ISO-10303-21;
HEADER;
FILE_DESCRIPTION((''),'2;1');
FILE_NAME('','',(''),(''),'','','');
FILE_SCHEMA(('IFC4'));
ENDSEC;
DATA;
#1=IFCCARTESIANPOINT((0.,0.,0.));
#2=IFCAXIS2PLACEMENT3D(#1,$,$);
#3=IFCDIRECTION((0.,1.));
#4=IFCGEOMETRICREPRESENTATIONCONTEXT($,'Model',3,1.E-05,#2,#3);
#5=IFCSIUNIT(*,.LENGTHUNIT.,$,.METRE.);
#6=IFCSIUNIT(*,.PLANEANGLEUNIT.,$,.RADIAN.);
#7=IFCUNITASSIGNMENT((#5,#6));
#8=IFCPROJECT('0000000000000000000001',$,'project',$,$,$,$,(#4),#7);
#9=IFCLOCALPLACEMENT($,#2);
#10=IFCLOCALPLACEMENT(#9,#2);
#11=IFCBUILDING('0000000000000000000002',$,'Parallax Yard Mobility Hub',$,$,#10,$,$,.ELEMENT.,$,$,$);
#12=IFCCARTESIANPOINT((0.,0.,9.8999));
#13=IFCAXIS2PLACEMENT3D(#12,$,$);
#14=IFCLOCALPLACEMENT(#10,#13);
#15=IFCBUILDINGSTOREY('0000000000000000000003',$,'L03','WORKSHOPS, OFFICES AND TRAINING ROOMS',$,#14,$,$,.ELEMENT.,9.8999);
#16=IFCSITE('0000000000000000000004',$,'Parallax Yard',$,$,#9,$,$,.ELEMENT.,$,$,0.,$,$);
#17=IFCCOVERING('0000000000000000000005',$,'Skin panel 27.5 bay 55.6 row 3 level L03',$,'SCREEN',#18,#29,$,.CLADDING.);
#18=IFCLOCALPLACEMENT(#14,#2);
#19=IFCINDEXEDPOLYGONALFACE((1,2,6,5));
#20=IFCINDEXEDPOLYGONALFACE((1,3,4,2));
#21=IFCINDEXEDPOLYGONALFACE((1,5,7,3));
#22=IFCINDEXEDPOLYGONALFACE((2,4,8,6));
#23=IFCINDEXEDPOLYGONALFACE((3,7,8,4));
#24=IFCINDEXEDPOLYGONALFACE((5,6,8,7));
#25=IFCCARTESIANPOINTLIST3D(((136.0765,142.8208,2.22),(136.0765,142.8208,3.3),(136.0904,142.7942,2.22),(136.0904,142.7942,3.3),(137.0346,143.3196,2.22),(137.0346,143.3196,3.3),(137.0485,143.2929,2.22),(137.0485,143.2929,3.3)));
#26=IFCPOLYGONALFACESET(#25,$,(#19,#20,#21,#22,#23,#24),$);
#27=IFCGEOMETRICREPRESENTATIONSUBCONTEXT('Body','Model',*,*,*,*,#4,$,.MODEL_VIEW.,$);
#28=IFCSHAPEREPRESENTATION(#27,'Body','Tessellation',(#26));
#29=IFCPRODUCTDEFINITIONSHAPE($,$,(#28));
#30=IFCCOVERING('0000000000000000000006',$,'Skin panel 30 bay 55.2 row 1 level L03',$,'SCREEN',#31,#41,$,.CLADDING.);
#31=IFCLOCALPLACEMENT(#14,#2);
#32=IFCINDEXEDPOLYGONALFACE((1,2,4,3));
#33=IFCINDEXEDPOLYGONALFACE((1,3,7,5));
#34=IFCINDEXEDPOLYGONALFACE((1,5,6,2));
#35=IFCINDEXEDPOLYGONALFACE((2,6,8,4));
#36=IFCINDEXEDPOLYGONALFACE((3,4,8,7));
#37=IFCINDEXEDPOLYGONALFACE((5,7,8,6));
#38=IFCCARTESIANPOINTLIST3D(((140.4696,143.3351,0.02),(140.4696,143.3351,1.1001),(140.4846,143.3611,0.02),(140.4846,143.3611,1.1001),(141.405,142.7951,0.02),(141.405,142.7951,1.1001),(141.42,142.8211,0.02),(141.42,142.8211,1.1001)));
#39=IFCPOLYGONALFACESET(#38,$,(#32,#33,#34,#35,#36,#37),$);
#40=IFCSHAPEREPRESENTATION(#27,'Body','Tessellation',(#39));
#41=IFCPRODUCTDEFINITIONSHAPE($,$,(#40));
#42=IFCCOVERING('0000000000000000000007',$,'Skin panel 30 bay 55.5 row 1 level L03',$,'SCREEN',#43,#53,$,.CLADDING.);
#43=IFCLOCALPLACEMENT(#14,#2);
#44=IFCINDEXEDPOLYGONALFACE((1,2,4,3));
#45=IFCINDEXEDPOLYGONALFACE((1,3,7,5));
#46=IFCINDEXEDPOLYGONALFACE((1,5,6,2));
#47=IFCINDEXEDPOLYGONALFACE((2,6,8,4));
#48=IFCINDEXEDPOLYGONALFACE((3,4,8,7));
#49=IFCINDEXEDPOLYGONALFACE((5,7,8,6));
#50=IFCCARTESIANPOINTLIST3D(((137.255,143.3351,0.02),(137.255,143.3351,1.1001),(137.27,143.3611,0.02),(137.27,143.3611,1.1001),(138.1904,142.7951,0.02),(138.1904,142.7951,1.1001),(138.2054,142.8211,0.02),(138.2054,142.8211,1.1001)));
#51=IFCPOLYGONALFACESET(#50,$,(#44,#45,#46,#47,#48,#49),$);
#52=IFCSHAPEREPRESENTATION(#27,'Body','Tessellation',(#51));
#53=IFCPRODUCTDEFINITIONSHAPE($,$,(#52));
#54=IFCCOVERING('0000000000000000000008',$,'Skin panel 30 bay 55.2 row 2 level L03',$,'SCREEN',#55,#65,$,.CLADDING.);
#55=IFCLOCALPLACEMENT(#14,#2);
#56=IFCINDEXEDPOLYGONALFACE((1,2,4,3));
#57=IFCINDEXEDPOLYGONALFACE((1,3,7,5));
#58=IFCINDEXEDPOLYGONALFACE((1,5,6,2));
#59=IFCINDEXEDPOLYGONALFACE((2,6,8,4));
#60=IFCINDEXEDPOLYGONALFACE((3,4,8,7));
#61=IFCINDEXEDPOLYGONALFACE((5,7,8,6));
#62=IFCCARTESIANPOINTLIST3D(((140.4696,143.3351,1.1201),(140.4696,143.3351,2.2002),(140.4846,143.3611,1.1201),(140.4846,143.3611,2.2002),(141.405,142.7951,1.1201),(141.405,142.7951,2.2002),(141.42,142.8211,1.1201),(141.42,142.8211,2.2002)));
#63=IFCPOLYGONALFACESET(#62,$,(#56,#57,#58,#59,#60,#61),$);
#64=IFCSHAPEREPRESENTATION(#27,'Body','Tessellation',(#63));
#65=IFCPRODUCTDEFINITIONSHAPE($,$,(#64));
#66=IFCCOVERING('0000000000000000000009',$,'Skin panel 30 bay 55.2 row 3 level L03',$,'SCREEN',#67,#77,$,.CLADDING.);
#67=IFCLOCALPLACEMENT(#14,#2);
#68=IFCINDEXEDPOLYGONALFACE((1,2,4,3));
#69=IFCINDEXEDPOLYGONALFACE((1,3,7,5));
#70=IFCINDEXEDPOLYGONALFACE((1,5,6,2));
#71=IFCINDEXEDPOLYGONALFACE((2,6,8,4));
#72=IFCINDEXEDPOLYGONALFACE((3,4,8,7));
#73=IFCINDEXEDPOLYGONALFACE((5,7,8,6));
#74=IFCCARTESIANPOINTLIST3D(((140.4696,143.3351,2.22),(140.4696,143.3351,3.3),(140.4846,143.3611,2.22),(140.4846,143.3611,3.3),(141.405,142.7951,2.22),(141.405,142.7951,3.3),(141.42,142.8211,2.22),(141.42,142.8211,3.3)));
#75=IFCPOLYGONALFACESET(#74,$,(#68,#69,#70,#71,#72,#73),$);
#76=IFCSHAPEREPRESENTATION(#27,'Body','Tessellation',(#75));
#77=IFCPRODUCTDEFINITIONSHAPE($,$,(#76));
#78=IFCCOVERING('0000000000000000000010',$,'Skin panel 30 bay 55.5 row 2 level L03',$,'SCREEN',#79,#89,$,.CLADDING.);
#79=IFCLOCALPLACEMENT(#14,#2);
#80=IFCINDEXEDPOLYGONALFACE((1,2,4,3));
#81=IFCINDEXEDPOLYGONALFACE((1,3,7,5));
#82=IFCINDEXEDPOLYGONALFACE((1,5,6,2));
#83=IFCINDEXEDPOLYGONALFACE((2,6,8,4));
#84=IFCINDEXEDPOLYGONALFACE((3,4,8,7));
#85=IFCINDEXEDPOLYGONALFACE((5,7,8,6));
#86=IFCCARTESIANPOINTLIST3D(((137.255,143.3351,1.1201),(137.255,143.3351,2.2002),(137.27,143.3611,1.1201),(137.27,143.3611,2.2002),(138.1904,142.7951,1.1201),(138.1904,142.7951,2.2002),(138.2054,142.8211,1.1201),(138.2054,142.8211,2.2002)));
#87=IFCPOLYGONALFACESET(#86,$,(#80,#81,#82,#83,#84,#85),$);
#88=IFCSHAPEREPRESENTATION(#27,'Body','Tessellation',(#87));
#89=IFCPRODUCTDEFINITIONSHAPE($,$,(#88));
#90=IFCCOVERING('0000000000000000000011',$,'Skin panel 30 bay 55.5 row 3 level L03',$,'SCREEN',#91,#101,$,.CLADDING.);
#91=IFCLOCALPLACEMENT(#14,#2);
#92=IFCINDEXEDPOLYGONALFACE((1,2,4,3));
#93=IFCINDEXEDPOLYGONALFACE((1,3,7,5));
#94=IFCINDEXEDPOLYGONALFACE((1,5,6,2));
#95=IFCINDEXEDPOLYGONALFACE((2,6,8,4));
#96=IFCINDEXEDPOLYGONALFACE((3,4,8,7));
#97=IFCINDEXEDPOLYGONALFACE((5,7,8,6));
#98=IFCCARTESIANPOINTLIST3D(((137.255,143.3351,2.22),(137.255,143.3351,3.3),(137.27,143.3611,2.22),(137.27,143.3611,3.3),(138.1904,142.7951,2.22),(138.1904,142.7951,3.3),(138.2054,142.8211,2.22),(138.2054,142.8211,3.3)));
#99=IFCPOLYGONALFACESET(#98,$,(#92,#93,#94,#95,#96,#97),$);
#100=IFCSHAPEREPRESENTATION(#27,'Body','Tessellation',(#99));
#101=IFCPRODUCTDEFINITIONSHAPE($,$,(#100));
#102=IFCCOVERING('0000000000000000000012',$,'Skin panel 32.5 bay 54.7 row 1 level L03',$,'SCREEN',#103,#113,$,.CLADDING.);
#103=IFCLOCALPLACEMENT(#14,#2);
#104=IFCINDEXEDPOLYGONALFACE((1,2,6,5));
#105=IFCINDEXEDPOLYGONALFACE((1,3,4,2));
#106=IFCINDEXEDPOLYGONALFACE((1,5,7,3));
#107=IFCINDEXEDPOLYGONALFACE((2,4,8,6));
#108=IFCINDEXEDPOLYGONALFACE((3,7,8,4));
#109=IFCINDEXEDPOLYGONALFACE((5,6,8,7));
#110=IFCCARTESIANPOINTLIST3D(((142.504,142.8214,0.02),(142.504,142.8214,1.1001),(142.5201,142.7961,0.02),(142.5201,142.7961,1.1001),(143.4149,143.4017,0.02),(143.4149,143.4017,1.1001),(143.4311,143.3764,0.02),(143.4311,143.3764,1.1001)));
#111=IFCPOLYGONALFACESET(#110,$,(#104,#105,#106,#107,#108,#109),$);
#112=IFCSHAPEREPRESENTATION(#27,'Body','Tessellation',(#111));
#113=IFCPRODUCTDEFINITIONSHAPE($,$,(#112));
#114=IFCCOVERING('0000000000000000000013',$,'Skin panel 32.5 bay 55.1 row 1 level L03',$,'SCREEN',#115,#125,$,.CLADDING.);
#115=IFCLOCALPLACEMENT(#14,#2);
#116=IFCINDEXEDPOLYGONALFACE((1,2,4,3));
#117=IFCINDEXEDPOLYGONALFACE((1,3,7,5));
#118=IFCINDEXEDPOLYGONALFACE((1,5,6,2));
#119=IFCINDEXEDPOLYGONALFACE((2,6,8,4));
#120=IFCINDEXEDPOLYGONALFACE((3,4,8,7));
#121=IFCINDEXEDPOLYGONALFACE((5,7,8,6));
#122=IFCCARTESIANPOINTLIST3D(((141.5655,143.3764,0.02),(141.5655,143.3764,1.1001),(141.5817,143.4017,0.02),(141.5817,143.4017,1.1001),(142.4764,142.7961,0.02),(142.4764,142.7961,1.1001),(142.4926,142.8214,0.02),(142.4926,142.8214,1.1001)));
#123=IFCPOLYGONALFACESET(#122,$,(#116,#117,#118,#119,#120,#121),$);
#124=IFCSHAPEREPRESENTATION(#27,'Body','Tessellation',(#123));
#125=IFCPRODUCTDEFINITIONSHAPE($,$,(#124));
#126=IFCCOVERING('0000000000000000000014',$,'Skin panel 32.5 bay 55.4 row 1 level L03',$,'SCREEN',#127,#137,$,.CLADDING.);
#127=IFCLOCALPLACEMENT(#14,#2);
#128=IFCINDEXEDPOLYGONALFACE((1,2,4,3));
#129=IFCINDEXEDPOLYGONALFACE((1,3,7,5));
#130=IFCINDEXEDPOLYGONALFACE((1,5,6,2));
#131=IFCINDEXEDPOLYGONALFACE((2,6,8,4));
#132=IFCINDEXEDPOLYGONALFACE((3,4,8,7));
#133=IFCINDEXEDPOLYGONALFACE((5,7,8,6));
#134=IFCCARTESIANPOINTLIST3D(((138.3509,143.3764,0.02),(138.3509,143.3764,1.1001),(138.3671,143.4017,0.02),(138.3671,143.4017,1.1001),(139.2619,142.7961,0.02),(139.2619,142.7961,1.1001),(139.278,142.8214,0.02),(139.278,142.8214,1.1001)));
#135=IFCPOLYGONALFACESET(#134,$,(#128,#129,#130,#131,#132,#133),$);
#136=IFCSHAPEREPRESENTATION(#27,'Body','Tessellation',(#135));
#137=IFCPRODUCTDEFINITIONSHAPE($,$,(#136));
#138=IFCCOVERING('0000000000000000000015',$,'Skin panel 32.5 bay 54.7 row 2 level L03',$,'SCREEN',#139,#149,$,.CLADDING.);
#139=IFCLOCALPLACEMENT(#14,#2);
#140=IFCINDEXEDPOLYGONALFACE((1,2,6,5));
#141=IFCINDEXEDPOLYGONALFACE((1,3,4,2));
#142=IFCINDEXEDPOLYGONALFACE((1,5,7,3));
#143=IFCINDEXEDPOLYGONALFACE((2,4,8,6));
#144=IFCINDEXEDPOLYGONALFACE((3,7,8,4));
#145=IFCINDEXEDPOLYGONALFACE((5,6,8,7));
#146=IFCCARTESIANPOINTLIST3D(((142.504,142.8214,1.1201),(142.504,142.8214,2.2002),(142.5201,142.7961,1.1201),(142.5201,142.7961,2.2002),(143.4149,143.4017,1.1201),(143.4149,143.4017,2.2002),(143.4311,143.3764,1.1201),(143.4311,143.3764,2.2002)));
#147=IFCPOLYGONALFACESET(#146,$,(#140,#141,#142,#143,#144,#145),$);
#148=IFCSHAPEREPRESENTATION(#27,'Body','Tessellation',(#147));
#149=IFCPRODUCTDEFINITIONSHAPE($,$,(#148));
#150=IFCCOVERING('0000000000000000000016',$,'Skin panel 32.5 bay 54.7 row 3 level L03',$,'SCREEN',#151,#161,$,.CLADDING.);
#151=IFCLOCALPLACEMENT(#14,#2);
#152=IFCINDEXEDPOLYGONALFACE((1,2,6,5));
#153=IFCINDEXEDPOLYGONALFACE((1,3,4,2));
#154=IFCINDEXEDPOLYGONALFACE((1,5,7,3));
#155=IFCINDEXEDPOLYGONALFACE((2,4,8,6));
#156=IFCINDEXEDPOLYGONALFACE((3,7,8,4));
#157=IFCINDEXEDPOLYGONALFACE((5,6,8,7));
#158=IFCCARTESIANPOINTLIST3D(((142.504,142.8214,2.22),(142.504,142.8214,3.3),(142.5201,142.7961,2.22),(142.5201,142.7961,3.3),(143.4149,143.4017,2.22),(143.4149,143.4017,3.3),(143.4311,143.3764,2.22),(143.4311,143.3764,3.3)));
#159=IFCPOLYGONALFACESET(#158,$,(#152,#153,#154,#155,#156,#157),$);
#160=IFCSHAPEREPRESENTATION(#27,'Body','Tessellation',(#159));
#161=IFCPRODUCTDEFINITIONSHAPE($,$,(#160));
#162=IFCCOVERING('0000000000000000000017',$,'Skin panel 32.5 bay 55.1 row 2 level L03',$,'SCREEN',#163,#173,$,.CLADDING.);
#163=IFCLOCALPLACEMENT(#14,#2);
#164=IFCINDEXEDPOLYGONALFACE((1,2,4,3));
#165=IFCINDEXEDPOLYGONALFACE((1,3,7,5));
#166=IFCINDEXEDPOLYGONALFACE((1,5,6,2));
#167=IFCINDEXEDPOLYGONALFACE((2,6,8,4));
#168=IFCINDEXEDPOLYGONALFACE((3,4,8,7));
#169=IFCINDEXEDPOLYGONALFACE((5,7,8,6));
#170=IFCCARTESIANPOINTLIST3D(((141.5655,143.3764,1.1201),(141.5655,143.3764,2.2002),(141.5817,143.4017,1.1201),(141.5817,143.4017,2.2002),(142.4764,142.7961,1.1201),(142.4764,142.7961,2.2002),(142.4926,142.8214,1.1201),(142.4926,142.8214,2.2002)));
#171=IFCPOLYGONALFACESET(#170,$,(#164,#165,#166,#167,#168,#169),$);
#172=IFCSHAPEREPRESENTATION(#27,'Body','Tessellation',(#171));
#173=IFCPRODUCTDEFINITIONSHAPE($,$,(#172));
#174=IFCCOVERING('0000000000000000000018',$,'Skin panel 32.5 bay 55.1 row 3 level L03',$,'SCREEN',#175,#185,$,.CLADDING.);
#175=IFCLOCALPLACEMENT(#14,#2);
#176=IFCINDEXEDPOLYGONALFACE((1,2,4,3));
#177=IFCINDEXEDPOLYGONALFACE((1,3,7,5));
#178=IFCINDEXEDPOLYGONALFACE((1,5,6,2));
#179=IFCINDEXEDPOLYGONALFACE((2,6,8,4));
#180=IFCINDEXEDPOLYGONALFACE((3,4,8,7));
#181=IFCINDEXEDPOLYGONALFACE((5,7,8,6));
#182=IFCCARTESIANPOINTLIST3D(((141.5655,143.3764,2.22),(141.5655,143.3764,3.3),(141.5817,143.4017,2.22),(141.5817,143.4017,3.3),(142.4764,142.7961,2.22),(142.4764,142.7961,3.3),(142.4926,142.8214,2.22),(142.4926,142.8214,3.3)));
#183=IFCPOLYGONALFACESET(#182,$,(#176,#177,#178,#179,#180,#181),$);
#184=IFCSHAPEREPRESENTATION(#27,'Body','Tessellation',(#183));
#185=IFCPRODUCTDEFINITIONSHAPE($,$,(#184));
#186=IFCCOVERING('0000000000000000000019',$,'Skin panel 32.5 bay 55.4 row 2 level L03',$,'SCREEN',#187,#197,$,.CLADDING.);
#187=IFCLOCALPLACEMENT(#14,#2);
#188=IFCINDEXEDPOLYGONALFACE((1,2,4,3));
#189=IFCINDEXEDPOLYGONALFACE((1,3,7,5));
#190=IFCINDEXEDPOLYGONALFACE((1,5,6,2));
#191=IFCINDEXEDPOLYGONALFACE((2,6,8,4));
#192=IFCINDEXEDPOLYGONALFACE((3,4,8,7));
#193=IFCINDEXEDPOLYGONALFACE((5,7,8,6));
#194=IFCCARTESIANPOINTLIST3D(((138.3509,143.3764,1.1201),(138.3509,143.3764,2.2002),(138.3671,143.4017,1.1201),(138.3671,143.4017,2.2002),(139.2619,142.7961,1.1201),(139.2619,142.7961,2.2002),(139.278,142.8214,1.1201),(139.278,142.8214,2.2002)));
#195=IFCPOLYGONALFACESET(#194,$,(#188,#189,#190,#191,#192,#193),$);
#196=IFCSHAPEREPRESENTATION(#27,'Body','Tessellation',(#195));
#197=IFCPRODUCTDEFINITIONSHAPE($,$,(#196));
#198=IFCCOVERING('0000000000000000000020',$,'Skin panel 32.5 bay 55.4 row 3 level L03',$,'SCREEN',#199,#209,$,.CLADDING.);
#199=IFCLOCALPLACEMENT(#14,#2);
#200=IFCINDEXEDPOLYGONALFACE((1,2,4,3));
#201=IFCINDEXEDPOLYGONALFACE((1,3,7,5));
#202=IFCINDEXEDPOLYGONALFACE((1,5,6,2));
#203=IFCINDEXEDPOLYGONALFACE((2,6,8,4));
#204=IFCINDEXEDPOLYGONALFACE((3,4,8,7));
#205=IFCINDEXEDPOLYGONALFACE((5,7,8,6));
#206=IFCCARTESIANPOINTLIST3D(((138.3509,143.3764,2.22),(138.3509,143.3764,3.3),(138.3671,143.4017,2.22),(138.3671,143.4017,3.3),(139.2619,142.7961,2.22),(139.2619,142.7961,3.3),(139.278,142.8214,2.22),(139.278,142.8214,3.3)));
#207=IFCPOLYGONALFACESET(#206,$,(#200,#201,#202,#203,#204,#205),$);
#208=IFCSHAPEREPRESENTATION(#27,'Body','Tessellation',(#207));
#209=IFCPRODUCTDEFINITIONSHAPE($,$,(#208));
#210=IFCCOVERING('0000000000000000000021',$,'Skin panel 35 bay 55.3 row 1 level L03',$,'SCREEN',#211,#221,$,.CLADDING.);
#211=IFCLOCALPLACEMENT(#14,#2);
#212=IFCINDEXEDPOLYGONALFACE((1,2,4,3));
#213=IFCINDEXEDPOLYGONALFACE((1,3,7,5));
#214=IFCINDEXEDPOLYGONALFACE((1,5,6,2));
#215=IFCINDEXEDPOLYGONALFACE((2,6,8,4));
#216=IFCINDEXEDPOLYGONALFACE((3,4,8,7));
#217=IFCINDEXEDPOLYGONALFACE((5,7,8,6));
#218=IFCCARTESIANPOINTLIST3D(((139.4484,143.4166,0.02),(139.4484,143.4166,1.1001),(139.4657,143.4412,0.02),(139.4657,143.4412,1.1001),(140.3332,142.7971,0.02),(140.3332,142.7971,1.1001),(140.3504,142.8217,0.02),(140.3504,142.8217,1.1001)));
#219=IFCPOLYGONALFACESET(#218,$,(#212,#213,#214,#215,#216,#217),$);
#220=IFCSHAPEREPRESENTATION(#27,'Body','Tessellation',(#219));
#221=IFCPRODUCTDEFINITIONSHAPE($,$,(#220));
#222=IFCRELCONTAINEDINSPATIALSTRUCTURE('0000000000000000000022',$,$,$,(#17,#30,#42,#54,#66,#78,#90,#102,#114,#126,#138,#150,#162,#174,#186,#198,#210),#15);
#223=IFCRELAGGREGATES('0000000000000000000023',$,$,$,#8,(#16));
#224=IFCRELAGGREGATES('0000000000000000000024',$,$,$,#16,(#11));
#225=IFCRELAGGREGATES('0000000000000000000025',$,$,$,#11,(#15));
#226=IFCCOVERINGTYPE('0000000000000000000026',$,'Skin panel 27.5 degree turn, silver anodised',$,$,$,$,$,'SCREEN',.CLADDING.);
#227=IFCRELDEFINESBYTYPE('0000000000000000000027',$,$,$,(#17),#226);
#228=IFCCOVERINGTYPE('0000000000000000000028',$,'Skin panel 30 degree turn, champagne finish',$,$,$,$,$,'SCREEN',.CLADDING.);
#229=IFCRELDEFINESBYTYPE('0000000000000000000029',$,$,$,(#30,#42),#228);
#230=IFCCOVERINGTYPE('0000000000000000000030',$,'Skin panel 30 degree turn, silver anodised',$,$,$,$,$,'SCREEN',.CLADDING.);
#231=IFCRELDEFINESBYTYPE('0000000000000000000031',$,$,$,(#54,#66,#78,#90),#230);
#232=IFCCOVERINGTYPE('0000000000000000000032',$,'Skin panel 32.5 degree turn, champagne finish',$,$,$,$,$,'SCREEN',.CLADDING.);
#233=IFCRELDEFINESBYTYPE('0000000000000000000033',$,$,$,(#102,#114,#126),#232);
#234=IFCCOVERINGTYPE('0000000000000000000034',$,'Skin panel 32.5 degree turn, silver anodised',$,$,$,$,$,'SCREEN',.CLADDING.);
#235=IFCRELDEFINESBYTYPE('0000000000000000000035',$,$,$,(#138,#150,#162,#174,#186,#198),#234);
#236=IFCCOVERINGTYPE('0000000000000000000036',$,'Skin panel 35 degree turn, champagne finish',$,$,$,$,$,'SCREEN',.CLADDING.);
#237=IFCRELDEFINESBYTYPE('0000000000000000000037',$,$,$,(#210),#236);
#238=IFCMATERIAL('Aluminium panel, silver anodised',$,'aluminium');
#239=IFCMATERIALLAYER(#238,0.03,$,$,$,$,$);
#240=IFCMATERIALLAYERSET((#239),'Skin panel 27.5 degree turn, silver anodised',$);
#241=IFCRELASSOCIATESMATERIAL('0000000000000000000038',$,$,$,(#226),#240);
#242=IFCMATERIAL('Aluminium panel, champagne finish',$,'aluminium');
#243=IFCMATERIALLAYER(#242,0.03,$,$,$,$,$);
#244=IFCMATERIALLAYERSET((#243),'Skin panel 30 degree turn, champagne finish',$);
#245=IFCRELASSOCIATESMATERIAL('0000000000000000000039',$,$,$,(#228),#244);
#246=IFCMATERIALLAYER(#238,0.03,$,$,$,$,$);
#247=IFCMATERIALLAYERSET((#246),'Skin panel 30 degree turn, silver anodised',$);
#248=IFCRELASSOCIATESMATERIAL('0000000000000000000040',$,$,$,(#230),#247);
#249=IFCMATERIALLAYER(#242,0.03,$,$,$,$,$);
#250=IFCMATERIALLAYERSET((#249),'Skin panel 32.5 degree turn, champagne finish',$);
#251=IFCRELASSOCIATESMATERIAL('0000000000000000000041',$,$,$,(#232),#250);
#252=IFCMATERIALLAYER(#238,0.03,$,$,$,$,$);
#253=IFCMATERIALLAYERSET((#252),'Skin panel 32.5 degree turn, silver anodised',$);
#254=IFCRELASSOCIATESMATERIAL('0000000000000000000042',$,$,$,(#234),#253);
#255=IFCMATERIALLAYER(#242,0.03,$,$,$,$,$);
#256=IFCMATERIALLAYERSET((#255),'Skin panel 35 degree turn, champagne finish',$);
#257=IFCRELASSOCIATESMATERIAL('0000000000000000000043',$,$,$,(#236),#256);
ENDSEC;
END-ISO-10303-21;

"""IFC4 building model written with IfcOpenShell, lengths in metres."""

from ifc_helpers import new_model, si_unit, direction, frame, origin, origin_2d, place, context, subcontext, project, spatial, rectangle, extrude, material, layer, layer_set, type_object, element, save


model = new_model("IFC4")

# Units and contexts
model_context = context("Model", 3, precision=1e-05, world=origin(), true_north=direction((0.0, 1.0)))
body_context = subcontext(model_context, "Body", "Model", "MODEL_VIEW")
ifc_project = project(units=[si_unit("LENGTHUNIT", "METRE"), si_unit("PLANEANGLEUNIT", "RADIAN")], contexts=[model_context])

# Site, building, storey
site_placement = place(None, origin())
site = spatial("IfcSite", under=ifc_project, at=site_placement, Name="Parallax Yard", CompositionType="ELEMENT", RefElevation=0.0)
building_placement = place(site_placement, origin())
building = spatial("IfcBuilding", under=site, at=building_placement, Name="Parallax Yard Mobility Hub", CompositionType="ELEMENT")
storey_placement = place(building_placement, frame((0.0, 0.0, 9.8999)))
storey = spatial("IfcBuildingStorey", under=building, at=storey_placement, Name="L03", Description="WORKSHOPS, OFFICES AND TRAINING ROOMS", CompositionType="ELEMENT", Elevation=9.8999)

# Coverings
ifc_material_1 = material(Name="Aluminium panel, silver anodised", Category="aluminium")
ifc_layer_1 = layer(ifc_material_1, 0.03)
ifc_layer_set_1 = layer_set([ifc_layer_1], Name="Skin panel 27.5 degree turn, silver anodised")
covering_type_1 = type_object("IfcCoveringType", Name="Skin panel 27.5 degree turn, silver anodised", ElementType="SCREEN", PredefinedType="CLADDING", material=ifc_layer_set_1)
covering_1_placement = place(storey_placement, frame((136.5625, 143.0569, 2.22), z_axis=(0.0, 0.0, 1.0), x_axis=(0.887011, 0.461749, 0.0)))
element("IfcCovering", 1, at=covering_1_placement, inside=storey, type_object=covering_type_1, Name="Skin panel 27.5 bay 55.6 row 3 level L03", ObjectType="SCREEN", PredefinedType="CLADDING", context=body_context, shape_type="SweptSolid", body=[
    extrude(rectangle(XDim=1.0801, YDim=0.03, at=origin_2d()), origin(), (0.0, 0.0, 1.0), 1.0801),
])
ifc_material_2 = material(Name="Aluminium panel, champagne finish", Category="aluminium")
ifc_layer_2 = layer(ifc_material_2, 0.03)
ifc_layer_set_2 = layer_set([ifc_layer_2], Name="Skin panel 30 degree turn, champagne finish")
covering_type_2 = type_object("IfcCoveringType", Name="Skin panel 30 degree turn, champagne finish", ElementType="SCREEN", PredefinedType="CLADDING", material=ifc_layer_set_2)
for number, where, z_axis, x_axis, name in (
    (2, (140.9448, 143.0781, 0.02), (0.0, 0.0, 1.0), (-0.866025, 0.5, 0.0), "Skin panel 30 bay 55.2 row 1 level L03"),
    (3, (137.7302, 143.0781, 0.02), (0.0, 0.0, 1.0), (-0.866025, 0.5, 0.0), "Skin panel 30 bay 55.5 row 1 level L03"),
):
    element("IfcCovering", number, at=place(storey_placement, frame(where, z_axis=z_axis, x_axis=x_axis)), inside=storey, type_object=covering_type_2, Name=name, ObjectType="SCREEN", PredefinedType="CLADDING", context=body_context, shape_type="SweptSolid", body=[
        extrude(rectangle(XDim=1.0801, YDim=0.03, at=origin_2d()), origin(), (0.0, 0.0, 1.0), 1.0801),
    ])
ifc_layer_3 = layer(ifc_material_1, 0.03)
ifc_layer_set_3 = layer_set([ifc_layer_3], Name="Skin panel 30 degree turn, silver anodised")
covering_type_3 = type_object("IfcCoveringType", Name="Skin panel 30 degree turn, silver anodised", ElementType="SCREEN", PredefinedType="CLADDING", material=ifc_layer_set_3)
for number, where, z_axis, x_axis, name in (
    (4, (140.9448, 143.0781, 1.1201), (0.0, 0.0, 1.0), (-0.866025, 0.5, 0.0), "Skin panel 30 bay 55.2 row 2 level L03"),
    (5, (140.9448, 143.0781, 2.22), (0.0, 0.0, 1.0), (-0.866025, 0.5, 0.0), "Skin panel 30 bay 55.2 row 3 level L03"),
    (6, (137.7302, 143.0781, 1.1201), (0.0, 0.0, 1.0), (-0.866025, 0.5, 0.0), "Skin panel 30 bay 55.5 row 2 level L03"),
    (7, (137.7302, 143.0781, 2.22), (0.0, 0.0, 1.0), (-0.866025, 0.5, 0.0), "Skin panel 30 bay 55.5 row 3 level L03"),
):
    element("IfcCovering", number, at=place(storey_placement, frame(where, z_axis=z_axis, x_axis=x_axis)), inside=storey, type_object=covering_type_3, Name=name, ObjectType="SCREEN", PredefinedType="CLADDING", context=body_context, shape_type="SweptSolid", body=[
        extrude(rectangle(XDim=1.0801, YDim=0.03, at=origin_2d()), origin(), (0.0, 0.0, 1.0), 1.0801),
    ])
ifc_layer_4 = layer(ifc_material_2, 0.03)
ifc_layer_set_4 = layer_set([ifc_layer_4], Name="Skin panel 32.5 degree turn, champagne finish")
covering_type_4 = type_object("IfcCoveringType", Name="Skin panel 32.5 degree turn, champagne finish", ElementType="SCREEN", PredefinedType="CLADDING", material=ifc_layer_set_4)
for number, where, z_axis, x_axis, name in (
    (8, (142.9675, 143.0989, 0.02), (0.0, 0.0, 1.0), (0.843391, 0.5373, 0.0), "Skin panel 32.5 bay 54.7 row 1 level L03"),
    (9, (142.0291, 143.0989, 0.02), (0.0, 0.0, 1.0), (-0.843391, 0.5373, 0.0), "Skin panel 32.5 bay 55.1 row 1 level L03"),
    (10, (138.8145, 143.0989, 0.02), (0.0, 0.0, 1.0), (-0.843391, 0.5373, 0.0), "Skin panel 32.5 bay 55.4 row 1 level L03"),
):
    element("IfcCovering", number, at=place(storey_placement, frame(where, z_axis=z_axis, x_axis=x_axis)), inside=storey, type_object=covering_type_4, Name=name, ObjectType="SCREEN", PredefinedType="CLADDING", context=body_context, shape_type="SweptSolid", body=[
        extrude(rectangle(XDim=1.0801, YDim=0.03, at=origin_2d()), origin(), (0.0, 0.0, 1.0), 1.0801),
    ])
ifc_layer_5 = layer(ifc_material_1, 0.03)
ifc_layer_set_5 = layer_set([ifc_layer_5], Name="Skin panel 32.5 degree turn, silver anodised")
covering_type_5 = type_object("IfcCoveringType", Name="Skin panel 32.5 degree turn, silver anodised", ElementType="SCREEN", PredefinedType="CLADDING", material=ifc_layer_set_5)
for number, where, z_axis, x_axis, name in (
    (11, (142.9675, 143.0989, 1.1201), (0.0, 0.0, 1.0), (0.843391, 0.5373, 0.0), "Skin panel 32.5 bay 54.7 row 2 level L03"),
    (12, (142.9675, 143.0989, 2.22), (0.0, 0.0, 1.0), (0.843391, 0.5373, 0.0), "Skin panel 32.5 bay 54.7 row 3 level L03"),
    (13, (142.0291, 143.0989, 1.1201), (0.0, 0.0, 1.0), (-0.843391, 0.5373, 0.0), "Skin panel 32.5 bay 55.1 row 2 level L03"),
    (14, (142.0291, 143.0989, 2.22), (0.0, 0.0, 1.0), (-0.843391, 0.5373, 0.0), "Skin panel 32.5 bay 55.1 row 3 level L03"),
    (15, (138.8145, 143.0989, 1.1201), (0.0, 0.0, 1.0), (-0.843391, 0.5373, 0.0), "Skin panel 32.5 bay 55.4 row 2 level L03"),
    (16, (138.8145, 143.0989, 2.22), (0.0, 0.0, 1.0), (-0.843391, 0.5373, 0.0), "Skin panel 32.5 bay 55.4 row 3 level L03"),
):
    element("IfcCovering", number, at=place(storey_placement, frame(where, z_axis=z_axis, x_axis=x_axis)), inside=storey, type_object=covering_type_5, Name=name, ObjectType="SCREEN", PredefinedType="CLADDING", context=body_context, shape_type="SweptSolid", body=[
        extrude(rectangle(XDim=1.0801, YDim=0.03, at=origin_2d()), origin(), (0.0, 0.0, 1.0), 1.0801),
    ])
ifc_layer_6 = layer(ifc_material_2, 0.03)
ifc_layer_set_6 = layer_set([ifc_layer_6], Name="Skin panel 35 degree turn, champagne finish")
covering_type_6 = type_object("IfcCoveringType", Name="Skin panel 35 degree turn, champagne finish", ElementType="SCREEN", PredefinedType="CLADDING", material=ifc_layer_set_6)
covering_2_placement = place(storey_placement, frame((139.8994, 143.1191, 0.02), z_axis=(0.0, 0.0, 1.0), x_axis=(-0.819152, 0.573576, 0.0)))
element("IfcCovering", 17, at=covering_2_placement, inside=storey, type_object=covering_type_6, Name="Skin panel 35 bay 55.3 row 1 level L03", ObjectType="SCREEN", PredefinedType="CLADDING", context=body_context, shape_type="SweptSolid", body=[
    extrude(rectangle(XDim=1.0801, YDim=0.03, at=origin_2d()), origin(), (0.0, 0.0, 1.0), 1.0801),
])

save(model, "model.ifc")
